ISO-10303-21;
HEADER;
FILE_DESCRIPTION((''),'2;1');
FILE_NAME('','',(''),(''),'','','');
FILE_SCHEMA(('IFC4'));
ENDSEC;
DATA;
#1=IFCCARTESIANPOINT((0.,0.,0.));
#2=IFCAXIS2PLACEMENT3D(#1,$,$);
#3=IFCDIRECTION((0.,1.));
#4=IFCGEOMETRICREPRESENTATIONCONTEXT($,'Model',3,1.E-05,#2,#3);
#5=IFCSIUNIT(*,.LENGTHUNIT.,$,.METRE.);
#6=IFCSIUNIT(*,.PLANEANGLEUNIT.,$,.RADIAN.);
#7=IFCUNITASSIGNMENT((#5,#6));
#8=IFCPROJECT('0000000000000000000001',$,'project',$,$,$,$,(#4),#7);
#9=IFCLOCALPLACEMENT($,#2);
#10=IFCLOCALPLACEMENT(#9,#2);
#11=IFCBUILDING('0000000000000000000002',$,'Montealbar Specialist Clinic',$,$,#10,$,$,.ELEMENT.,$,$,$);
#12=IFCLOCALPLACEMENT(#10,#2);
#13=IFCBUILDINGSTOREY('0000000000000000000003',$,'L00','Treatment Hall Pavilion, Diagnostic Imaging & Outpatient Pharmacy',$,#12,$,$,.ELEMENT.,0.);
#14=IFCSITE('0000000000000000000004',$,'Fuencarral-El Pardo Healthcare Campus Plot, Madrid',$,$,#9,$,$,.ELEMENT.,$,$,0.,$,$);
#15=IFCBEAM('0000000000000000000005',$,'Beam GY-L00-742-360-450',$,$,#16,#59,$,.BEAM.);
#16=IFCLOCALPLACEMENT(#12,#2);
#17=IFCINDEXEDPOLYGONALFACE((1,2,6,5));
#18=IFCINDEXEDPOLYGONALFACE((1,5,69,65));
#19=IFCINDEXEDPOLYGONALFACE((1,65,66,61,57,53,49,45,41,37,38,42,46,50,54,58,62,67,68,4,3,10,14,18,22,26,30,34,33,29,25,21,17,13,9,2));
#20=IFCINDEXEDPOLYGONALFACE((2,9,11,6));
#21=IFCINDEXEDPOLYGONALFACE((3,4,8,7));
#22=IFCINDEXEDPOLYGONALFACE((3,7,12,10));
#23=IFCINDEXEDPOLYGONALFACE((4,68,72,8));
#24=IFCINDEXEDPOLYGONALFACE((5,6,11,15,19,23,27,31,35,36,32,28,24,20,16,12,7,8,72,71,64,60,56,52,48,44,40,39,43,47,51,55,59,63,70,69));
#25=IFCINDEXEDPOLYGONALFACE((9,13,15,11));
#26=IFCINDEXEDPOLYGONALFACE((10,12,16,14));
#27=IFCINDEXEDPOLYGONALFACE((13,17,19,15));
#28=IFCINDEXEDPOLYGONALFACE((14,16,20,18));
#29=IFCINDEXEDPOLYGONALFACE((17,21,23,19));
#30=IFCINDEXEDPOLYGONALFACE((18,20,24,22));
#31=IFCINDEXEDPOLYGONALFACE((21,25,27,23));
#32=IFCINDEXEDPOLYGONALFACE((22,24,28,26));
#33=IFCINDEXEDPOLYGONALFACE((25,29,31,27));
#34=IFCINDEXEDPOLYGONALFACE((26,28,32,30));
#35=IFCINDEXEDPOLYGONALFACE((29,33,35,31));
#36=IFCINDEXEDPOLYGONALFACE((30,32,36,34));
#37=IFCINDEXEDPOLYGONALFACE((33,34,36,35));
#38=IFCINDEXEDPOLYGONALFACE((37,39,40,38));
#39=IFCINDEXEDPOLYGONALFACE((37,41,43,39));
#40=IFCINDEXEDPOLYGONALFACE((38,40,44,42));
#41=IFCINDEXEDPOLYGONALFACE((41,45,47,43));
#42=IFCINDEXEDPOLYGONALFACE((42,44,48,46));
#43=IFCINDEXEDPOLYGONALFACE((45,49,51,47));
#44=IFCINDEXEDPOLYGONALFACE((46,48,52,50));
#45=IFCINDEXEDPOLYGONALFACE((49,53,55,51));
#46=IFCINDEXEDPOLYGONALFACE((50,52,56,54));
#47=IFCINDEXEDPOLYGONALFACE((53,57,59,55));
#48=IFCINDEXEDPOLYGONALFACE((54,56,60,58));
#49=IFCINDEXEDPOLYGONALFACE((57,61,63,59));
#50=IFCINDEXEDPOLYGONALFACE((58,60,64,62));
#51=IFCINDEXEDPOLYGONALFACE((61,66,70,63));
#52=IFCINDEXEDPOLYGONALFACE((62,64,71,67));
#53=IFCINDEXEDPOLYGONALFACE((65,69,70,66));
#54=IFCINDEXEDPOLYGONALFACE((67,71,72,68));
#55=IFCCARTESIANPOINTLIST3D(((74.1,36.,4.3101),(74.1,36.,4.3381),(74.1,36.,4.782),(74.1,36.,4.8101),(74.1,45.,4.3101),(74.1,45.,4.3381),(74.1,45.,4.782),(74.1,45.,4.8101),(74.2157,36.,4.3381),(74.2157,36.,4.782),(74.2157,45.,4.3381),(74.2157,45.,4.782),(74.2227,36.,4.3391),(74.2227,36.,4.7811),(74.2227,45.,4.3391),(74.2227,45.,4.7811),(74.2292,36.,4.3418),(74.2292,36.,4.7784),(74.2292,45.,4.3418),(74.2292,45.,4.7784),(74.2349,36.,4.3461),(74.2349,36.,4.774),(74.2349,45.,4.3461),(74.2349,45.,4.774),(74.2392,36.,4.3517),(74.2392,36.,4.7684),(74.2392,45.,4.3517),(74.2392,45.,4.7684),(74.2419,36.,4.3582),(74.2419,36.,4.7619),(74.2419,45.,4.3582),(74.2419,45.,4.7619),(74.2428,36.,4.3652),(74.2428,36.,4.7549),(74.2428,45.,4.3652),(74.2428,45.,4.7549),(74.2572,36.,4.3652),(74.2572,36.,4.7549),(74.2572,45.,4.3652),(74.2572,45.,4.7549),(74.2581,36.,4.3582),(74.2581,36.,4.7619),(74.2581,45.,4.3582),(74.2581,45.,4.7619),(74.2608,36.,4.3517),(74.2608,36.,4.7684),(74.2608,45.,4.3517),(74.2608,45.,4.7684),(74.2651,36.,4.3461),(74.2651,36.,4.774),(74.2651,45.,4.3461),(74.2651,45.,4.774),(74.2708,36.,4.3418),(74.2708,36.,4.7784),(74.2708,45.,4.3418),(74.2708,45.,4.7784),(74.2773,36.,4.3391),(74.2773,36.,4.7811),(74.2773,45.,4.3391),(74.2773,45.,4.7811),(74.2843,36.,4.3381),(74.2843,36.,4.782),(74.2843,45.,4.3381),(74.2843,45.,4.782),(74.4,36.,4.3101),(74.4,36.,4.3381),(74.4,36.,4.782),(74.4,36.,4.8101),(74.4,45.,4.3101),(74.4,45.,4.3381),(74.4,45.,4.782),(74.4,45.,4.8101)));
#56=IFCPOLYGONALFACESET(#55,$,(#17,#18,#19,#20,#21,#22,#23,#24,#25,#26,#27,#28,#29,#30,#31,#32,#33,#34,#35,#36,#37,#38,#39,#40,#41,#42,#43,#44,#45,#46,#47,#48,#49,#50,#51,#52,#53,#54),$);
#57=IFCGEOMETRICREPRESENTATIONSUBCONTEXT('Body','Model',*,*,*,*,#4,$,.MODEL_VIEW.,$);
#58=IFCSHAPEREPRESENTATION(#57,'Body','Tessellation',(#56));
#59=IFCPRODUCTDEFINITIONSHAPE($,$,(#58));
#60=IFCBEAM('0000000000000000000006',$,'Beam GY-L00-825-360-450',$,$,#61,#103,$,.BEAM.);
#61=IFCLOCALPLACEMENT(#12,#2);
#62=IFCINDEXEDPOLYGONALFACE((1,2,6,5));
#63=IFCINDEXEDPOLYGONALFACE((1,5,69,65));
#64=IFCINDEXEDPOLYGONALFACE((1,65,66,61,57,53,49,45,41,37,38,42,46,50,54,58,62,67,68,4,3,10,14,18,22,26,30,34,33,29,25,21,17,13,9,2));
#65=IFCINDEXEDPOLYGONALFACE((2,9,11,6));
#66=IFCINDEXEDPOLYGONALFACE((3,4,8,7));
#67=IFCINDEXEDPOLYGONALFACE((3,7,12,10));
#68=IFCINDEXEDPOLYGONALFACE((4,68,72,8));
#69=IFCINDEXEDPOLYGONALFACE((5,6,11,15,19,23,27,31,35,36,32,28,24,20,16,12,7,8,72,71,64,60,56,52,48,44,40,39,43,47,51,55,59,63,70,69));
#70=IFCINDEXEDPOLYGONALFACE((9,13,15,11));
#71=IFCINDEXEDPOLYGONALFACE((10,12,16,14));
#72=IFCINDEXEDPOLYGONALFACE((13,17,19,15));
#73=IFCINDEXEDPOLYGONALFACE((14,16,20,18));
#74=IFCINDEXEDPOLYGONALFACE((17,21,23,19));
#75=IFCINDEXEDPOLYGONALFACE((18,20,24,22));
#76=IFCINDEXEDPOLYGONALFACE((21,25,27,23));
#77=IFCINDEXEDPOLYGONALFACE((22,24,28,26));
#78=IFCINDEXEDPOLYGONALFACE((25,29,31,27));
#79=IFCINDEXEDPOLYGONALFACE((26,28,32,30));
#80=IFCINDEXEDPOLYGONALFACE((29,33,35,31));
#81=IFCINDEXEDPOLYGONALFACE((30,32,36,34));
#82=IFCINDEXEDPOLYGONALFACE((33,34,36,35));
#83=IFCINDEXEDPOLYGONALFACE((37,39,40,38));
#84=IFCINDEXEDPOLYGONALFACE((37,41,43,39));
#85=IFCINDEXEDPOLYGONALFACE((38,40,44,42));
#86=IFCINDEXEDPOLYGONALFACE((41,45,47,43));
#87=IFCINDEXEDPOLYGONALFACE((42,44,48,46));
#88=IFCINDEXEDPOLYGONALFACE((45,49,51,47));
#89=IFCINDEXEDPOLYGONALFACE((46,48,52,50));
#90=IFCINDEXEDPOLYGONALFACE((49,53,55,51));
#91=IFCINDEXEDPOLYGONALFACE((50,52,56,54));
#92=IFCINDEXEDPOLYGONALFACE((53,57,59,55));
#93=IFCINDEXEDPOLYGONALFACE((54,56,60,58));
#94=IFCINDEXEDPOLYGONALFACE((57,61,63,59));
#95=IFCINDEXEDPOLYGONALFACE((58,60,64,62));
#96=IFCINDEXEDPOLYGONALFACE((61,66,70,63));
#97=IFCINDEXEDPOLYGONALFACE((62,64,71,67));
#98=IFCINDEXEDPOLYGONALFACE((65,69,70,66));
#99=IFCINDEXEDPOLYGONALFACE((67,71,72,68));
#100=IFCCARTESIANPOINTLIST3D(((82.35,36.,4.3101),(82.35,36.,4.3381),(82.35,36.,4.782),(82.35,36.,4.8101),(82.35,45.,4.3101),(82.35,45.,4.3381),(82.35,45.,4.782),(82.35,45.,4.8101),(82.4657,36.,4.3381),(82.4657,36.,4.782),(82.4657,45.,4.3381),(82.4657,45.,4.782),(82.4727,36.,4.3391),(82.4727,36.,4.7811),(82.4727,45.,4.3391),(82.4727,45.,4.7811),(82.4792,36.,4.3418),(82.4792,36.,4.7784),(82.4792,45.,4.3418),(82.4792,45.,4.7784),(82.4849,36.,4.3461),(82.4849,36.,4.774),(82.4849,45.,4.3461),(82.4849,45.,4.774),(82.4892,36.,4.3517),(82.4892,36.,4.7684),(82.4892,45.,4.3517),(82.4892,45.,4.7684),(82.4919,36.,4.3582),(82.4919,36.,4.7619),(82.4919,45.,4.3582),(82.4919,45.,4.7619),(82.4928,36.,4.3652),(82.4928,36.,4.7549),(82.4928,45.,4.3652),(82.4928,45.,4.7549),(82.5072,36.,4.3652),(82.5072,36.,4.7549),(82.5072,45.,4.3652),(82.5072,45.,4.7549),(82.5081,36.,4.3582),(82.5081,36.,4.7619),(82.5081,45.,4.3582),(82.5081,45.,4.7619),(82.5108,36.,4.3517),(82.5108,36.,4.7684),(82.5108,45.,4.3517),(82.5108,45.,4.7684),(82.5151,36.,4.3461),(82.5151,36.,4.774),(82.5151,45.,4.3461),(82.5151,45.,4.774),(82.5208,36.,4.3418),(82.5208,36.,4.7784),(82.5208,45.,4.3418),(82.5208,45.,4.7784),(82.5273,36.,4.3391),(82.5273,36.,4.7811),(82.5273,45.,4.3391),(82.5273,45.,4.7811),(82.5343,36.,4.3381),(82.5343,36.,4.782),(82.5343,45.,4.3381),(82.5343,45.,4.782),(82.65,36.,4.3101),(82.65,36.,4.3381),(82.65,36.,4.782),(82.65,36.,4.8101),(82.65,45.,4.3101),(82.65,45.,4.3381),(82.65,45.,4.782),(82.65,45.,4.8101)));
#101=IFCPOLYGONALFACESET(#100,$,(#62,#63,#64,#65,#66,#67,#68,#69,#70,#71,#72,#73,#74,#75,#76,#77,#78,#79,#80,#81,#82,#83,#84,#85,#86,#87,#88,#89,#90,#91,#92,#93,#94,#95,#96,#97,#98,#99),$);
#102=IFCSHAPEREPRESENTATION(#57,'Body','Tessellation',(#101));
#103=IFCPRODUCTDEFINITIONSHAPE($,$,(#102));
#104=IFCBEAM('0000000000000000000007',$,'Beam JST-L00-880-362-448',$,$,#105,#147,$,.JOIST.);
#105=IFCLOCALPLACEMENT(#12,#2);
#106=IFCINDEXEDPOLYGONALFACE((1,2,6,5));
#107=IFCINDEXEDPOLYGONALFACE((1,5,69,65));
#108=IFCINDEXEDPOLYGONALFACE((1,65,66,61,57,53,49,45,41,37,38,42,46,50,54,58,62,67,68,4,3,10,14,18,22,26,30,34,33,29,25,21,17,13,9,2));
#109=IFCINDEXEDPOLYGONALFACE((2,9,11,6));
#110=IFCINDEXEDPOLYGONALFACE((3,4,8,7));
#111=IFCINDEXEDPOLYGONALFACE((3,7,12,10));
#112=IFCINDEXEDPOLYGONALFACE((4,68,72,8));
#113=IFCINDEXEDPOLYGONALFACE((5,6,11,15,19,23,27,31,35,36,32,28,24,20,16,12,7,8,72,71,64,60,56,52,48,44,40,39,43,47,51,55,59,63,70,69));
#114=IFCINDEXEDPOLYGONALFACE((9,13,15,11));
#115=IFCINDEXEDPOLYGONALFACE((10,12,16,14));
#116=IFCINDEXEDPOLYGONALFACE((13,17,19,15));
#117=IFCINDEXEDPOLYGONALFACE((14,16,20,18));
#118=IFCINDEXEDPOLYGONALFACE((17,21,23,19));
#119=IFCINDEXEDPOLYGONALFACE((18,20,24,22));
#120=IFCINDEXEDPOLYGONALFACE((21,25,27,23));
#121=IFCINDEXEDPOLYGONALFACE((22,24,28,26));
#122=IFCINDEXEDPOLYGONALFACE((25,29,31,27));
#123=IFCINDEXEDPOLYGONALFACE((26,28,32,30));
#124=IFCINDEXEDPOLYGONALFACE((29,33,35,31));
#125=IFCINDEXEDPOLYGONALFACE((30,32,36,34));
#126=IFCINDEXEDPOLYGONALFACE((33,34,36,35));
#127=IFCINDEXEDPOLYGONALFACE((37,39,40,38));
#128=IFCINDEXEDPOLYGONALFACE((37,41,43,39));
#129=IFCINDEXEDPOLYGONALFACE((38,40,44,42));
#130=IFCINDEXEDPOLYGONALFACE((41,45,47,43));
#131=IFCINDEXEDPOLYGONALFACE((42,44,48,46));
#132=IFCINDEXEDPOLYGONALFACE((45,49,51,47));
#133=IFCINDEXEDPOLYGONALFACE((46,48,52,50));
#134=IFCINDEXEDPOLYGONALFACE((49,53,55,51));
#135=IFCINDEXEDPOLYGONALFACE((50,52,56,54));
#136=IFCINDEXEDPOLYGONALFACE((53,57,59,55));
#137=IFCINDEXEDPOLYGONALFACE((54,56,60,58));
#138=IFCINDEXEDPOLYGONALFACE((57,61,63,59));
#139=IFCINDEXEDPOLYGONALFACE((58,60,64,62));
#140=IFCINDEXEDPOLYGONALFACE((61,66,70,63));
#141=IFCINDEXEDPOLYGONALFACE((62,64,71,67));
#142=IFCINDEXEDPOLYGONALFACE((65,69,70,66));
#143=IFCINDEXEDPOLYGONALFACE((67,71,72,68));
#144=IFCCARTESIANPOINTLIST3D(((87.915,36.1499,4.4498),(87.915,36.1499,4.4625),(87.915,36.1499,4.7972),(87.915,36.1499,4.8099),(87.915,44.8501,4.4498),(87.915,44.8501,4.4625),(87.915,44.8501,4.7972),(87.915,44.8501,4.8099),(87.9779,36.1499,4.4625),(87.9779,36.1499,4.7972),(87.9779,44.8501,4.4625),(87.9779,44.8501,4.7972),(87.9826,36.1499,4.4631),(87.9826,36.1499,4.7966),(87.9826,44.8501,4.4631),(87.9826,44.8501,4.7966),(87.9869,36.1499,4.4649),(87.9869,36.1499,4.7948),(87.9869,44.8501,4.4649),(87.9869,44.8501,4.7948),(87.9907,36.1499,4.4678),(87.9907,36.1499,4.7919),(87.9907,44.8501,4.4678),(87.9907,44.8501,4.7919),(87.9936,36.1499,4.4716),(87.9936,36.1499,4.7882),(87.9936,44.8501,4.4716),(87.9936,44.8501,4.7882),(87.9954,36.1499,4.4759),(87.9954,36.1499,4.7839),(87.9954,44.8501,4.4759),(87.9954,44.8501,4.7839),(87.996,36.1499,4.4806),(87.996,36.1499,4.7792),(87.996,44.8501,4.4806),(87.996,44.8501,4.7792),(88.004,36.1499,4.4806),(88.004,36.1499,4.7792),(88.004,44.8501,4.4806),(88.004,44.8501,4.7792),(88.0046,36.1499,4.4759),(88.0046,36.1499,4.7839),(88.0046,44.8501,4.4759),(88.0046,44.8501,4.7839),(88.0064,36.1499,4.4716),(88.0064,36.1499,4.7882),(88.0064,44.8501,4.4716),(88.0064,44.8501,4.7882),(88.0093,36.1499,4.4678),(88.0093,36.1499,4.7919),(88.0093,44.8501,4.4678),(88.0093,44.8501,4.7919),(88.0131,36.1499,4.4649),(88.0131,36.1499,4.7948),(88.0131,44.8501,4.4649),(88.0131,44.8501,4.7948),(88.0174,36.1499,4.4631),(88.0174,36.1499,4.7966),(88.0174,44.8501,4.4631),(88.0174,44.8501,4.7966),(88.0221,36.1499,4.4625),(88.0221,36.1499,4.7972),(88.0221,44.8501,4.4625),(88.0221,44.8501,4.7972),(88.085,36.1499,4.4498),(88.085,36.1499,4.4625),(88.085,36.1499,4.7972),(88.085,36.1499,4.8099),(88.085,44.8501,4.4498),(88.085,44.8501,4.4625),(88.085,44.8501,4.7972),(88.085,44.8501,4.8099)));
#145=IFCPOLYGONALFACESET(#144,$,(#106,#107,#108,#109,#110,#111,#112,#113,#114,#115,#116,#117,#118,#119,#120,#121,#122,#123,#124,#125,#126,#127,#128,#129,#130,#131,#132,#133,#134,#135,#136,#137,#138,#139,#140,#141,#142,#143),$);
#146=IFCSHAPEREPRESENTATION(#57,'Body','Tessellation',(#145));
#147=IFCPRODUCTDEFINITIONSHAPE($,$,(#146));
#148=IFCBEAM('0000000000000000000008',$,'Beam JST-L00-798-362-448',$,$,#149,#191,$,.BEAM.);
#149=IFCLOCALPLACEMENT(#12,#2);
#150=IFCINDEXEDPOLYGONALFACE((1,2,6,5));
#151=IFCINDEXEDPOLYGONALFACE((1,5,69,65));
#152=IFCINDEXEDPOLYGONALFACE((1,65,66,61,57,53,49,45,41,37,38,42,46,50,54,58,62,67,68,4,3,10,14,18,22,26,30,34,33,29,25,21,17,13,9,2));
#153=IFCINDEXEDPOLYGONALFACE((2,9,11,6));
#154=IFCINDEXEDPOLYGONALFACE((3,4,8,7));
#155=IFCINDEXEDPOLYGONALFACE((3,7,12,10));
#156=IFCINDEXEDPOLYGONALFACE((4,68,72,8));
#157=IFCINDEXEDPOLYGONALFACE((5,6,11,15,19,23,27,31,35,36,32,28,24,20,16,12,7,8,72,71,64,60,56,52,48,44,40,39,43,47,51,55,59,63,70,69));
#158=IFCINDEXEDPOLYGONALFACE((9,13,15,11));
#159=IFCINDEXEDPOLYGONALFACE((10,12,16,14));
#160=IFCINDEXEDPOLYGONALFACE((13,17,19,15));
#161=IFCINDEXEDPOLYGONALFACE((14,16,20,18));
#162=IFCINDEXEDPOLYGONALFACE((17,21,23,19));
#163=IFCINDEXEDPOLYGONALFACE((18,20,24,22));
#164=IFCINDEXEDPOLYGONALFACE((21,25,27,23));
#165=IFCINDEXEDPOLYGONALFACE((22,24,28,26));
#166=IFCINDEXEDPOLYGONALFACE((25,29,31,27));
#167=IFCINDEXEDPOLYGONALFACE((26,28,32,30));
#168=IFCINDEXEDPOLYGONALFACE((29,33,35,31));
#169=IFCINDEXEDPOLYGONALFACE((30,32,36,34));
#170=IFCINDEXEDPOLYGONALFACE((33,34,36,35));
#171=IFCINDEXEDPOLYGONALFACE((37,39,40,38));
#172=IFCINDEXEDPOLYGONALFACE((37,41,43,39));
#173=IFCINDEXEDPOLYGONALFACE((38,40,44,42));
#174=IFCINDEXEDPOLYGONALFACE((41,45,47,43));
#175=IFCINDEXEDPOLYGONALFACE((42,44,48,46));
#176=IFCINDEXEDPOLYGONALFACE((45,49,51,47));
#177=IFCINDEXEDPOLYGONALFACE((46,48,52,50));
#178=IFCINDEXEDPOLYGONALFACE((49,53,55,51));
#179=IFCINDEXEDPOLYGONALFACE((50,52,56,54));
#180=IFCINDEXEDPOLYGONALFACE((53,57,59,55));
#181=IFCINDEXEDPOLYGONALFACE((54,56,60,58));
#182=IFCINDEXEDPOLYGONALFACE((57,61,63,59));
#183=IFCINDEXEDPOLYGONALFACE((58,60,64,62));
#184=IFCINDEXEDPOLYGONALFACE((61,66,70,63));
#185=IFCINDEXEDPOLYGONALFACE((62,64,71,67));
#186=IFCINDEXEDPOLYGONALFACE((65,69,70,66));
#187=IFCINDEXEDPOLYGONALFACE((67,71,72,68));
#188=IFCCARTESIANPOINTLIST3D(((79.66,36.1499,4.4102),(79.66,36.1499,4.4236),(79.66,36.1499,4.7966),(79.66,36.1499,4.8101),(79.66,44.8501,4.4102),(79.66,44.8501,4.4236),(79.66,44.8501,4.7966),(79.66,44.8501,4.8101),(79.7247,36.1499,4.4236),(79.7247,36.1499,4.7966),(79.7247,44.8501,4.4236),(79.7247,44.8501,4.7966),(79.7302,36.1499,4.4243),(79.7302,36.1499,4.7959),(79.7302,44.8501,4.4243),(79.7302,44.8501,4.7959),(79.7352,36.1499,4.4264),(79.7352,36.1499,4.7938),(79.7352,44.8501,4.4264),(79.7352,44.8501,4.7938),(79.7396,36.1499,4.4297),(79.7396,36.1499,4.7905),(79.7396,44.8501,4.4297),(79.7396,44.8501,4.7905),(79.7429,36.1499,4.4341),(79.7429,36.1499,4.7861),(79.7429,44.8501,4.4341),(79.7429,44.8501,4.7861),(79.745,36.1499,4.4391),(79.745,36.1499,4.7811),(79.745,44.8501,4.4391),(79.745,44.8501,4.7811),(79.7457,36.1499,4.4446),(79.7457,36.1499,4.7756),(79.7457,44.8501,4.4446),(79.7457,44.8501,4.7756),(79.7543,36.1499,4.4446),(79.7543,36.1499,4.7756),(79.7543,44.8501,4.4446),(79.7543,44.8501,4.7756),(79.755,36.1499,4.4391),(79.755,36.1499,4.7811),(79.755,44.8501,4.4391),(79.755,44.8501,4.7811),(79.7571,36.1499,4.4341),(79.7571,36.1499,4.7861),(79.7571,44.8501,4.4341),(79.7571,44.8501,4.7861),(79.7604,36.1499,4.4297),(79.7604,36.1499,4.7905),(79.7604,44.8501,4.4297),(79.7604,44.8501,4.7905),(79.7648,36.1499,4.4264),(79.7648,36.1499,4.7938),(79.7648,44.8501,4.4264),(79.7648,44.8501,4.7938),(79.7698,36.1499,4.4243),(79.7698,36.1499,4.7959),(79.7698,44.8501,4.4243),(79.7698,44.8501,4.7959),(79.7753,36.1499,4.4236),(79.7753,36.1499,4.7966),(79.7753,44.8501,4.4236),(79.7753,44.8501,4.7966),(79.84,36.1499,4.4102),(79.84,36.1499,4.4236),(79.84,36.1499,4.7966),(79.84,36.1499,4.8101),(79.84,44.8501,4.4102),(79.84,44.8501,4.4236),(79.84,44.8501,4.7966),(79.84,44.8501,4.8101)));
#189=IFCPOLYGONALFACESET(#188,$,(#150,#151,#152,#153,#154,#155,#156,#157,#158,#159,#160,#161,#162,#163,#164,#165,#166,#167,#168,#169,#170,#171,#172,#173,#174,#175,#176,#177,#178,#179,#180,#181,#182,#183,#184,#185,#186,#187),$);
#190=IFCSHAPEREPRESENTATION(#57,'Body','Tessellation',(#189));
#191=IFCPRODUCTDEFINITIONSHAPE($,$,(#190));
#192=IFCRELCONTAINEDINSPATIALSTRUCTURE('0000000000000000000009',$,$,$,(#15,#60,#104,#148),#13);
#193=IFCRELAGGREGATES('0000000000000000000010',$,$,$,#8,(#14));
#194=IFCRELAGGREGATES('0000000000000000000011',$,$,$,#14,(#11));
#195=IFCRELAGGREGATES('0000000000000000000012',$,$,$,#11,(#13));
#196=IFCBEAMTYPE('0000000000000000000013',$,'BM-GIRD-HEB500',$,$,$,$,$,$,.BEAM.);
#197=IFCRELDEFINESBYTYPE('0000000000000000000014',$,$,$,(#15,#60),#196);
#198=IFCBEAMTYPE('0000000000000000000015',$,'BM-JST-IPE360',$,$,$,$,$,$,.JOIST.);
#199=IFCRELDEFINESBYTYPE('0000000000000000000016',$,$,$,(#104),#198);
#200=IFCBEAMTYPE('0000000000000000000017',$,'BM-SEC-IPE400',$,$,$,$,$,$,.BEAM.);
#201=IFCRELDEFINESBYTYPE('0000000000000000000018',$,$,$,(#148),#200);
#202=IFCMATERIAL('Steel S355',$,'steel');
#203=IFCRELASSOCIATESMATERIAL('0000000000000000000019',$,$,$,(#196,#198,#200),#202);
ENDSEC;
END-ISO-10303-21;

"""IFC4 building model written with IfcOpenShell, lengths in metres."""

from ifc_helpers import new_model, si_unit, direction, frame, origin, origin_2d, place, context, subcontext, project, spatial, i_section, extrude, material, material_profile, profile_set, type_object, element, save


model = new_model("IFC4")

# Units and contexts
model_context = context("Model", 3, precision=1e-05, world=origin(), true_north=direction((0.0, 1.0)))
body_context = subcontext(model_context, "Body", "Model", "MODEL_VIEW")
ifc_project = project(units=[si_unit("LENGTHUNIT", "METRE"), si_unit("PLANEANGLEUNIT", "RADIAN")], contexts=[model_context])

# Site, building, storey
site_placement = place(None, origin())
site = spatial("IfcSite", under=ifc_project, at=site_placement, Name="Fuencarral-El Pardo Healthcare Campus Plot, Madrid", CompositionType="ELEMENT", RefElevation=0.0)
building_placement = place(site_placement, origin())
building = spatial("IfcBuilding", under=site, at=building_placement, Name="Montealbar Specialist Clinic", CompositionType="ELEMENT")
storey_placement = place(building_placement, origin())
storey = spatial("IfcBuildingStorey", under=building, at=storey_placement, Name="L00", Description="Treatment Hall Pavilion, Diagnostic Imaging & Outpatient Pharmacy", CompositionType="ELEMENT", Elevation=0.0)

# Shared definitions
ifc_material_1 = material(Name="Steel S355", Category="steel")

# Beams
ifc_material_profile_1 = material_profile(ifc_material_1, i_section(OverallWidth=0.3, OverallDepth=0.5, WebThickness=0.0144, FlangeThickness=0.0281, FilletRadius=0.0271, at=origin_2d()), Name="HEB 500", Category="steel")
ifc_profile_set_1 = profile_set([ifc_material_profile_1], Name="Steel S355")
beam_type_1 = type_object("IfcBeamType", Name="BM-GIRD-HEB500", PredefinedType="BEAM", material=ifc_profile_set_1)
for number, where, z_axis, x_axis, name in (
    (1, (74.25, 36.0, 4.5601), (0.0, 1.0, 0.0), (-1.0, 0.0, 0.0), "Beam GY-L00-742-360-450"),
    (2, (82.5, 36.0, 4.5601), (0.0, 1.0, 0.0), (-1.0, 0.0, 0.0), "Beam GY-L00-825-360-450"),
):
    element("IfcBeam", number, at=place(storey_placement, frame(where, z_axis=z_axis, x_axis=x_axis)), inside=storey, type_object=beam_type_1, Name=name, PredefinedType="BEAM", context=body_context, shape_type="SweptSolid", body=[
        extrude(i_section(OverallWidth=0.3, OverallDepth=0.5, WebThickness=0.0144, FlangeThickness=0.0281, FilletRadius=0.0271, at=origin_2d()), origin(), (0.0, 0.0, 1.0), 9.0),
    ])
ifc_material_profile_2 = material_profile(ifc_material_1, i_section(OverallWidth=0.1699, OverallDepth=0.3601, WebThickness=0.0081, FlangeThickness=0.0127, FilletRadius=0.0181, at=origin_2d()), Name="IPE 360", Category="steel")
ifc_profile_set_2 = profile_set([ifc_material_profile_2], Name="Steel S355")
beam_type_2 = type_object("IfcBeamType", Name="BM-JST-IPE360", PredefinedType="JOIST", material=ifc_profile_set_2)
beam_1_placement = place(storey_placement, frame((88.0, 36.1499, 4.6299), z_axis=(0.0, 1.0, 0.0), x_axis=(-1.0, 0.0, 0.0)))
element("IfcBeam", 3, at=beam_1_placement, inside=storey, type_object=beam_type_2, Name="Beam JST-L00-880-362-448", PredefinedType="JOIST", context=body_context, shape_type="SweptSolid", body=[
    extrude(i_section(OverallWidth=0.1699, OverallDepth=0.3601, WebThickness=0.0081, FlangeThickness=0.0127, FilletRadius=0.0181, at=origin_2d()), origin(), (0.0, 0.0, 1.0), 8.7002),
])
ifc_material_profile_3 = material_profile(ifc_material_1, i_section(OverallWidth=0.1799, OverallDepth=0.3999, WebThickness=0.0085, FlangeThickness=0.0134, FilletRadius=0.021, at=origin_2d()), Name="IPE 400", Category="steel")
ifc_profile_set_3 = profile_set([ifc_material_profile_3], Name="Steel S355")
beam_type_3 = type_object("IfcBeamType", Name="BM-SEC-IPE400", PredefinedType="BEAM", material=ifc_profile_set_3)
beam_2_placement = place(storey_placement, frame((79.75, 36.1499, 4.6101), z_axis=(0.0, 1.0, 0.0), x_axis=(-1.0, 0.0, 0.0)))
element("IfcBeam", 4, at=beam_2_placement, inside=storey, type_object=beam_type_3, Name="Beam JST-L00-798-362-448", PredefinedType="BEAM", context=body_context, shape_type="SweptSolid", body=[
    extrude(i_section(OverallWidth=0.1799, OverallDepth=0.3999, WebThickness=0.0085, FlangeThickness=0.0134, FilletRadius=0.021, at=origin_2d()), origin(), (0.0, 0.0, 1.0), 8.7002),
])

save(model, "model.ifc")
